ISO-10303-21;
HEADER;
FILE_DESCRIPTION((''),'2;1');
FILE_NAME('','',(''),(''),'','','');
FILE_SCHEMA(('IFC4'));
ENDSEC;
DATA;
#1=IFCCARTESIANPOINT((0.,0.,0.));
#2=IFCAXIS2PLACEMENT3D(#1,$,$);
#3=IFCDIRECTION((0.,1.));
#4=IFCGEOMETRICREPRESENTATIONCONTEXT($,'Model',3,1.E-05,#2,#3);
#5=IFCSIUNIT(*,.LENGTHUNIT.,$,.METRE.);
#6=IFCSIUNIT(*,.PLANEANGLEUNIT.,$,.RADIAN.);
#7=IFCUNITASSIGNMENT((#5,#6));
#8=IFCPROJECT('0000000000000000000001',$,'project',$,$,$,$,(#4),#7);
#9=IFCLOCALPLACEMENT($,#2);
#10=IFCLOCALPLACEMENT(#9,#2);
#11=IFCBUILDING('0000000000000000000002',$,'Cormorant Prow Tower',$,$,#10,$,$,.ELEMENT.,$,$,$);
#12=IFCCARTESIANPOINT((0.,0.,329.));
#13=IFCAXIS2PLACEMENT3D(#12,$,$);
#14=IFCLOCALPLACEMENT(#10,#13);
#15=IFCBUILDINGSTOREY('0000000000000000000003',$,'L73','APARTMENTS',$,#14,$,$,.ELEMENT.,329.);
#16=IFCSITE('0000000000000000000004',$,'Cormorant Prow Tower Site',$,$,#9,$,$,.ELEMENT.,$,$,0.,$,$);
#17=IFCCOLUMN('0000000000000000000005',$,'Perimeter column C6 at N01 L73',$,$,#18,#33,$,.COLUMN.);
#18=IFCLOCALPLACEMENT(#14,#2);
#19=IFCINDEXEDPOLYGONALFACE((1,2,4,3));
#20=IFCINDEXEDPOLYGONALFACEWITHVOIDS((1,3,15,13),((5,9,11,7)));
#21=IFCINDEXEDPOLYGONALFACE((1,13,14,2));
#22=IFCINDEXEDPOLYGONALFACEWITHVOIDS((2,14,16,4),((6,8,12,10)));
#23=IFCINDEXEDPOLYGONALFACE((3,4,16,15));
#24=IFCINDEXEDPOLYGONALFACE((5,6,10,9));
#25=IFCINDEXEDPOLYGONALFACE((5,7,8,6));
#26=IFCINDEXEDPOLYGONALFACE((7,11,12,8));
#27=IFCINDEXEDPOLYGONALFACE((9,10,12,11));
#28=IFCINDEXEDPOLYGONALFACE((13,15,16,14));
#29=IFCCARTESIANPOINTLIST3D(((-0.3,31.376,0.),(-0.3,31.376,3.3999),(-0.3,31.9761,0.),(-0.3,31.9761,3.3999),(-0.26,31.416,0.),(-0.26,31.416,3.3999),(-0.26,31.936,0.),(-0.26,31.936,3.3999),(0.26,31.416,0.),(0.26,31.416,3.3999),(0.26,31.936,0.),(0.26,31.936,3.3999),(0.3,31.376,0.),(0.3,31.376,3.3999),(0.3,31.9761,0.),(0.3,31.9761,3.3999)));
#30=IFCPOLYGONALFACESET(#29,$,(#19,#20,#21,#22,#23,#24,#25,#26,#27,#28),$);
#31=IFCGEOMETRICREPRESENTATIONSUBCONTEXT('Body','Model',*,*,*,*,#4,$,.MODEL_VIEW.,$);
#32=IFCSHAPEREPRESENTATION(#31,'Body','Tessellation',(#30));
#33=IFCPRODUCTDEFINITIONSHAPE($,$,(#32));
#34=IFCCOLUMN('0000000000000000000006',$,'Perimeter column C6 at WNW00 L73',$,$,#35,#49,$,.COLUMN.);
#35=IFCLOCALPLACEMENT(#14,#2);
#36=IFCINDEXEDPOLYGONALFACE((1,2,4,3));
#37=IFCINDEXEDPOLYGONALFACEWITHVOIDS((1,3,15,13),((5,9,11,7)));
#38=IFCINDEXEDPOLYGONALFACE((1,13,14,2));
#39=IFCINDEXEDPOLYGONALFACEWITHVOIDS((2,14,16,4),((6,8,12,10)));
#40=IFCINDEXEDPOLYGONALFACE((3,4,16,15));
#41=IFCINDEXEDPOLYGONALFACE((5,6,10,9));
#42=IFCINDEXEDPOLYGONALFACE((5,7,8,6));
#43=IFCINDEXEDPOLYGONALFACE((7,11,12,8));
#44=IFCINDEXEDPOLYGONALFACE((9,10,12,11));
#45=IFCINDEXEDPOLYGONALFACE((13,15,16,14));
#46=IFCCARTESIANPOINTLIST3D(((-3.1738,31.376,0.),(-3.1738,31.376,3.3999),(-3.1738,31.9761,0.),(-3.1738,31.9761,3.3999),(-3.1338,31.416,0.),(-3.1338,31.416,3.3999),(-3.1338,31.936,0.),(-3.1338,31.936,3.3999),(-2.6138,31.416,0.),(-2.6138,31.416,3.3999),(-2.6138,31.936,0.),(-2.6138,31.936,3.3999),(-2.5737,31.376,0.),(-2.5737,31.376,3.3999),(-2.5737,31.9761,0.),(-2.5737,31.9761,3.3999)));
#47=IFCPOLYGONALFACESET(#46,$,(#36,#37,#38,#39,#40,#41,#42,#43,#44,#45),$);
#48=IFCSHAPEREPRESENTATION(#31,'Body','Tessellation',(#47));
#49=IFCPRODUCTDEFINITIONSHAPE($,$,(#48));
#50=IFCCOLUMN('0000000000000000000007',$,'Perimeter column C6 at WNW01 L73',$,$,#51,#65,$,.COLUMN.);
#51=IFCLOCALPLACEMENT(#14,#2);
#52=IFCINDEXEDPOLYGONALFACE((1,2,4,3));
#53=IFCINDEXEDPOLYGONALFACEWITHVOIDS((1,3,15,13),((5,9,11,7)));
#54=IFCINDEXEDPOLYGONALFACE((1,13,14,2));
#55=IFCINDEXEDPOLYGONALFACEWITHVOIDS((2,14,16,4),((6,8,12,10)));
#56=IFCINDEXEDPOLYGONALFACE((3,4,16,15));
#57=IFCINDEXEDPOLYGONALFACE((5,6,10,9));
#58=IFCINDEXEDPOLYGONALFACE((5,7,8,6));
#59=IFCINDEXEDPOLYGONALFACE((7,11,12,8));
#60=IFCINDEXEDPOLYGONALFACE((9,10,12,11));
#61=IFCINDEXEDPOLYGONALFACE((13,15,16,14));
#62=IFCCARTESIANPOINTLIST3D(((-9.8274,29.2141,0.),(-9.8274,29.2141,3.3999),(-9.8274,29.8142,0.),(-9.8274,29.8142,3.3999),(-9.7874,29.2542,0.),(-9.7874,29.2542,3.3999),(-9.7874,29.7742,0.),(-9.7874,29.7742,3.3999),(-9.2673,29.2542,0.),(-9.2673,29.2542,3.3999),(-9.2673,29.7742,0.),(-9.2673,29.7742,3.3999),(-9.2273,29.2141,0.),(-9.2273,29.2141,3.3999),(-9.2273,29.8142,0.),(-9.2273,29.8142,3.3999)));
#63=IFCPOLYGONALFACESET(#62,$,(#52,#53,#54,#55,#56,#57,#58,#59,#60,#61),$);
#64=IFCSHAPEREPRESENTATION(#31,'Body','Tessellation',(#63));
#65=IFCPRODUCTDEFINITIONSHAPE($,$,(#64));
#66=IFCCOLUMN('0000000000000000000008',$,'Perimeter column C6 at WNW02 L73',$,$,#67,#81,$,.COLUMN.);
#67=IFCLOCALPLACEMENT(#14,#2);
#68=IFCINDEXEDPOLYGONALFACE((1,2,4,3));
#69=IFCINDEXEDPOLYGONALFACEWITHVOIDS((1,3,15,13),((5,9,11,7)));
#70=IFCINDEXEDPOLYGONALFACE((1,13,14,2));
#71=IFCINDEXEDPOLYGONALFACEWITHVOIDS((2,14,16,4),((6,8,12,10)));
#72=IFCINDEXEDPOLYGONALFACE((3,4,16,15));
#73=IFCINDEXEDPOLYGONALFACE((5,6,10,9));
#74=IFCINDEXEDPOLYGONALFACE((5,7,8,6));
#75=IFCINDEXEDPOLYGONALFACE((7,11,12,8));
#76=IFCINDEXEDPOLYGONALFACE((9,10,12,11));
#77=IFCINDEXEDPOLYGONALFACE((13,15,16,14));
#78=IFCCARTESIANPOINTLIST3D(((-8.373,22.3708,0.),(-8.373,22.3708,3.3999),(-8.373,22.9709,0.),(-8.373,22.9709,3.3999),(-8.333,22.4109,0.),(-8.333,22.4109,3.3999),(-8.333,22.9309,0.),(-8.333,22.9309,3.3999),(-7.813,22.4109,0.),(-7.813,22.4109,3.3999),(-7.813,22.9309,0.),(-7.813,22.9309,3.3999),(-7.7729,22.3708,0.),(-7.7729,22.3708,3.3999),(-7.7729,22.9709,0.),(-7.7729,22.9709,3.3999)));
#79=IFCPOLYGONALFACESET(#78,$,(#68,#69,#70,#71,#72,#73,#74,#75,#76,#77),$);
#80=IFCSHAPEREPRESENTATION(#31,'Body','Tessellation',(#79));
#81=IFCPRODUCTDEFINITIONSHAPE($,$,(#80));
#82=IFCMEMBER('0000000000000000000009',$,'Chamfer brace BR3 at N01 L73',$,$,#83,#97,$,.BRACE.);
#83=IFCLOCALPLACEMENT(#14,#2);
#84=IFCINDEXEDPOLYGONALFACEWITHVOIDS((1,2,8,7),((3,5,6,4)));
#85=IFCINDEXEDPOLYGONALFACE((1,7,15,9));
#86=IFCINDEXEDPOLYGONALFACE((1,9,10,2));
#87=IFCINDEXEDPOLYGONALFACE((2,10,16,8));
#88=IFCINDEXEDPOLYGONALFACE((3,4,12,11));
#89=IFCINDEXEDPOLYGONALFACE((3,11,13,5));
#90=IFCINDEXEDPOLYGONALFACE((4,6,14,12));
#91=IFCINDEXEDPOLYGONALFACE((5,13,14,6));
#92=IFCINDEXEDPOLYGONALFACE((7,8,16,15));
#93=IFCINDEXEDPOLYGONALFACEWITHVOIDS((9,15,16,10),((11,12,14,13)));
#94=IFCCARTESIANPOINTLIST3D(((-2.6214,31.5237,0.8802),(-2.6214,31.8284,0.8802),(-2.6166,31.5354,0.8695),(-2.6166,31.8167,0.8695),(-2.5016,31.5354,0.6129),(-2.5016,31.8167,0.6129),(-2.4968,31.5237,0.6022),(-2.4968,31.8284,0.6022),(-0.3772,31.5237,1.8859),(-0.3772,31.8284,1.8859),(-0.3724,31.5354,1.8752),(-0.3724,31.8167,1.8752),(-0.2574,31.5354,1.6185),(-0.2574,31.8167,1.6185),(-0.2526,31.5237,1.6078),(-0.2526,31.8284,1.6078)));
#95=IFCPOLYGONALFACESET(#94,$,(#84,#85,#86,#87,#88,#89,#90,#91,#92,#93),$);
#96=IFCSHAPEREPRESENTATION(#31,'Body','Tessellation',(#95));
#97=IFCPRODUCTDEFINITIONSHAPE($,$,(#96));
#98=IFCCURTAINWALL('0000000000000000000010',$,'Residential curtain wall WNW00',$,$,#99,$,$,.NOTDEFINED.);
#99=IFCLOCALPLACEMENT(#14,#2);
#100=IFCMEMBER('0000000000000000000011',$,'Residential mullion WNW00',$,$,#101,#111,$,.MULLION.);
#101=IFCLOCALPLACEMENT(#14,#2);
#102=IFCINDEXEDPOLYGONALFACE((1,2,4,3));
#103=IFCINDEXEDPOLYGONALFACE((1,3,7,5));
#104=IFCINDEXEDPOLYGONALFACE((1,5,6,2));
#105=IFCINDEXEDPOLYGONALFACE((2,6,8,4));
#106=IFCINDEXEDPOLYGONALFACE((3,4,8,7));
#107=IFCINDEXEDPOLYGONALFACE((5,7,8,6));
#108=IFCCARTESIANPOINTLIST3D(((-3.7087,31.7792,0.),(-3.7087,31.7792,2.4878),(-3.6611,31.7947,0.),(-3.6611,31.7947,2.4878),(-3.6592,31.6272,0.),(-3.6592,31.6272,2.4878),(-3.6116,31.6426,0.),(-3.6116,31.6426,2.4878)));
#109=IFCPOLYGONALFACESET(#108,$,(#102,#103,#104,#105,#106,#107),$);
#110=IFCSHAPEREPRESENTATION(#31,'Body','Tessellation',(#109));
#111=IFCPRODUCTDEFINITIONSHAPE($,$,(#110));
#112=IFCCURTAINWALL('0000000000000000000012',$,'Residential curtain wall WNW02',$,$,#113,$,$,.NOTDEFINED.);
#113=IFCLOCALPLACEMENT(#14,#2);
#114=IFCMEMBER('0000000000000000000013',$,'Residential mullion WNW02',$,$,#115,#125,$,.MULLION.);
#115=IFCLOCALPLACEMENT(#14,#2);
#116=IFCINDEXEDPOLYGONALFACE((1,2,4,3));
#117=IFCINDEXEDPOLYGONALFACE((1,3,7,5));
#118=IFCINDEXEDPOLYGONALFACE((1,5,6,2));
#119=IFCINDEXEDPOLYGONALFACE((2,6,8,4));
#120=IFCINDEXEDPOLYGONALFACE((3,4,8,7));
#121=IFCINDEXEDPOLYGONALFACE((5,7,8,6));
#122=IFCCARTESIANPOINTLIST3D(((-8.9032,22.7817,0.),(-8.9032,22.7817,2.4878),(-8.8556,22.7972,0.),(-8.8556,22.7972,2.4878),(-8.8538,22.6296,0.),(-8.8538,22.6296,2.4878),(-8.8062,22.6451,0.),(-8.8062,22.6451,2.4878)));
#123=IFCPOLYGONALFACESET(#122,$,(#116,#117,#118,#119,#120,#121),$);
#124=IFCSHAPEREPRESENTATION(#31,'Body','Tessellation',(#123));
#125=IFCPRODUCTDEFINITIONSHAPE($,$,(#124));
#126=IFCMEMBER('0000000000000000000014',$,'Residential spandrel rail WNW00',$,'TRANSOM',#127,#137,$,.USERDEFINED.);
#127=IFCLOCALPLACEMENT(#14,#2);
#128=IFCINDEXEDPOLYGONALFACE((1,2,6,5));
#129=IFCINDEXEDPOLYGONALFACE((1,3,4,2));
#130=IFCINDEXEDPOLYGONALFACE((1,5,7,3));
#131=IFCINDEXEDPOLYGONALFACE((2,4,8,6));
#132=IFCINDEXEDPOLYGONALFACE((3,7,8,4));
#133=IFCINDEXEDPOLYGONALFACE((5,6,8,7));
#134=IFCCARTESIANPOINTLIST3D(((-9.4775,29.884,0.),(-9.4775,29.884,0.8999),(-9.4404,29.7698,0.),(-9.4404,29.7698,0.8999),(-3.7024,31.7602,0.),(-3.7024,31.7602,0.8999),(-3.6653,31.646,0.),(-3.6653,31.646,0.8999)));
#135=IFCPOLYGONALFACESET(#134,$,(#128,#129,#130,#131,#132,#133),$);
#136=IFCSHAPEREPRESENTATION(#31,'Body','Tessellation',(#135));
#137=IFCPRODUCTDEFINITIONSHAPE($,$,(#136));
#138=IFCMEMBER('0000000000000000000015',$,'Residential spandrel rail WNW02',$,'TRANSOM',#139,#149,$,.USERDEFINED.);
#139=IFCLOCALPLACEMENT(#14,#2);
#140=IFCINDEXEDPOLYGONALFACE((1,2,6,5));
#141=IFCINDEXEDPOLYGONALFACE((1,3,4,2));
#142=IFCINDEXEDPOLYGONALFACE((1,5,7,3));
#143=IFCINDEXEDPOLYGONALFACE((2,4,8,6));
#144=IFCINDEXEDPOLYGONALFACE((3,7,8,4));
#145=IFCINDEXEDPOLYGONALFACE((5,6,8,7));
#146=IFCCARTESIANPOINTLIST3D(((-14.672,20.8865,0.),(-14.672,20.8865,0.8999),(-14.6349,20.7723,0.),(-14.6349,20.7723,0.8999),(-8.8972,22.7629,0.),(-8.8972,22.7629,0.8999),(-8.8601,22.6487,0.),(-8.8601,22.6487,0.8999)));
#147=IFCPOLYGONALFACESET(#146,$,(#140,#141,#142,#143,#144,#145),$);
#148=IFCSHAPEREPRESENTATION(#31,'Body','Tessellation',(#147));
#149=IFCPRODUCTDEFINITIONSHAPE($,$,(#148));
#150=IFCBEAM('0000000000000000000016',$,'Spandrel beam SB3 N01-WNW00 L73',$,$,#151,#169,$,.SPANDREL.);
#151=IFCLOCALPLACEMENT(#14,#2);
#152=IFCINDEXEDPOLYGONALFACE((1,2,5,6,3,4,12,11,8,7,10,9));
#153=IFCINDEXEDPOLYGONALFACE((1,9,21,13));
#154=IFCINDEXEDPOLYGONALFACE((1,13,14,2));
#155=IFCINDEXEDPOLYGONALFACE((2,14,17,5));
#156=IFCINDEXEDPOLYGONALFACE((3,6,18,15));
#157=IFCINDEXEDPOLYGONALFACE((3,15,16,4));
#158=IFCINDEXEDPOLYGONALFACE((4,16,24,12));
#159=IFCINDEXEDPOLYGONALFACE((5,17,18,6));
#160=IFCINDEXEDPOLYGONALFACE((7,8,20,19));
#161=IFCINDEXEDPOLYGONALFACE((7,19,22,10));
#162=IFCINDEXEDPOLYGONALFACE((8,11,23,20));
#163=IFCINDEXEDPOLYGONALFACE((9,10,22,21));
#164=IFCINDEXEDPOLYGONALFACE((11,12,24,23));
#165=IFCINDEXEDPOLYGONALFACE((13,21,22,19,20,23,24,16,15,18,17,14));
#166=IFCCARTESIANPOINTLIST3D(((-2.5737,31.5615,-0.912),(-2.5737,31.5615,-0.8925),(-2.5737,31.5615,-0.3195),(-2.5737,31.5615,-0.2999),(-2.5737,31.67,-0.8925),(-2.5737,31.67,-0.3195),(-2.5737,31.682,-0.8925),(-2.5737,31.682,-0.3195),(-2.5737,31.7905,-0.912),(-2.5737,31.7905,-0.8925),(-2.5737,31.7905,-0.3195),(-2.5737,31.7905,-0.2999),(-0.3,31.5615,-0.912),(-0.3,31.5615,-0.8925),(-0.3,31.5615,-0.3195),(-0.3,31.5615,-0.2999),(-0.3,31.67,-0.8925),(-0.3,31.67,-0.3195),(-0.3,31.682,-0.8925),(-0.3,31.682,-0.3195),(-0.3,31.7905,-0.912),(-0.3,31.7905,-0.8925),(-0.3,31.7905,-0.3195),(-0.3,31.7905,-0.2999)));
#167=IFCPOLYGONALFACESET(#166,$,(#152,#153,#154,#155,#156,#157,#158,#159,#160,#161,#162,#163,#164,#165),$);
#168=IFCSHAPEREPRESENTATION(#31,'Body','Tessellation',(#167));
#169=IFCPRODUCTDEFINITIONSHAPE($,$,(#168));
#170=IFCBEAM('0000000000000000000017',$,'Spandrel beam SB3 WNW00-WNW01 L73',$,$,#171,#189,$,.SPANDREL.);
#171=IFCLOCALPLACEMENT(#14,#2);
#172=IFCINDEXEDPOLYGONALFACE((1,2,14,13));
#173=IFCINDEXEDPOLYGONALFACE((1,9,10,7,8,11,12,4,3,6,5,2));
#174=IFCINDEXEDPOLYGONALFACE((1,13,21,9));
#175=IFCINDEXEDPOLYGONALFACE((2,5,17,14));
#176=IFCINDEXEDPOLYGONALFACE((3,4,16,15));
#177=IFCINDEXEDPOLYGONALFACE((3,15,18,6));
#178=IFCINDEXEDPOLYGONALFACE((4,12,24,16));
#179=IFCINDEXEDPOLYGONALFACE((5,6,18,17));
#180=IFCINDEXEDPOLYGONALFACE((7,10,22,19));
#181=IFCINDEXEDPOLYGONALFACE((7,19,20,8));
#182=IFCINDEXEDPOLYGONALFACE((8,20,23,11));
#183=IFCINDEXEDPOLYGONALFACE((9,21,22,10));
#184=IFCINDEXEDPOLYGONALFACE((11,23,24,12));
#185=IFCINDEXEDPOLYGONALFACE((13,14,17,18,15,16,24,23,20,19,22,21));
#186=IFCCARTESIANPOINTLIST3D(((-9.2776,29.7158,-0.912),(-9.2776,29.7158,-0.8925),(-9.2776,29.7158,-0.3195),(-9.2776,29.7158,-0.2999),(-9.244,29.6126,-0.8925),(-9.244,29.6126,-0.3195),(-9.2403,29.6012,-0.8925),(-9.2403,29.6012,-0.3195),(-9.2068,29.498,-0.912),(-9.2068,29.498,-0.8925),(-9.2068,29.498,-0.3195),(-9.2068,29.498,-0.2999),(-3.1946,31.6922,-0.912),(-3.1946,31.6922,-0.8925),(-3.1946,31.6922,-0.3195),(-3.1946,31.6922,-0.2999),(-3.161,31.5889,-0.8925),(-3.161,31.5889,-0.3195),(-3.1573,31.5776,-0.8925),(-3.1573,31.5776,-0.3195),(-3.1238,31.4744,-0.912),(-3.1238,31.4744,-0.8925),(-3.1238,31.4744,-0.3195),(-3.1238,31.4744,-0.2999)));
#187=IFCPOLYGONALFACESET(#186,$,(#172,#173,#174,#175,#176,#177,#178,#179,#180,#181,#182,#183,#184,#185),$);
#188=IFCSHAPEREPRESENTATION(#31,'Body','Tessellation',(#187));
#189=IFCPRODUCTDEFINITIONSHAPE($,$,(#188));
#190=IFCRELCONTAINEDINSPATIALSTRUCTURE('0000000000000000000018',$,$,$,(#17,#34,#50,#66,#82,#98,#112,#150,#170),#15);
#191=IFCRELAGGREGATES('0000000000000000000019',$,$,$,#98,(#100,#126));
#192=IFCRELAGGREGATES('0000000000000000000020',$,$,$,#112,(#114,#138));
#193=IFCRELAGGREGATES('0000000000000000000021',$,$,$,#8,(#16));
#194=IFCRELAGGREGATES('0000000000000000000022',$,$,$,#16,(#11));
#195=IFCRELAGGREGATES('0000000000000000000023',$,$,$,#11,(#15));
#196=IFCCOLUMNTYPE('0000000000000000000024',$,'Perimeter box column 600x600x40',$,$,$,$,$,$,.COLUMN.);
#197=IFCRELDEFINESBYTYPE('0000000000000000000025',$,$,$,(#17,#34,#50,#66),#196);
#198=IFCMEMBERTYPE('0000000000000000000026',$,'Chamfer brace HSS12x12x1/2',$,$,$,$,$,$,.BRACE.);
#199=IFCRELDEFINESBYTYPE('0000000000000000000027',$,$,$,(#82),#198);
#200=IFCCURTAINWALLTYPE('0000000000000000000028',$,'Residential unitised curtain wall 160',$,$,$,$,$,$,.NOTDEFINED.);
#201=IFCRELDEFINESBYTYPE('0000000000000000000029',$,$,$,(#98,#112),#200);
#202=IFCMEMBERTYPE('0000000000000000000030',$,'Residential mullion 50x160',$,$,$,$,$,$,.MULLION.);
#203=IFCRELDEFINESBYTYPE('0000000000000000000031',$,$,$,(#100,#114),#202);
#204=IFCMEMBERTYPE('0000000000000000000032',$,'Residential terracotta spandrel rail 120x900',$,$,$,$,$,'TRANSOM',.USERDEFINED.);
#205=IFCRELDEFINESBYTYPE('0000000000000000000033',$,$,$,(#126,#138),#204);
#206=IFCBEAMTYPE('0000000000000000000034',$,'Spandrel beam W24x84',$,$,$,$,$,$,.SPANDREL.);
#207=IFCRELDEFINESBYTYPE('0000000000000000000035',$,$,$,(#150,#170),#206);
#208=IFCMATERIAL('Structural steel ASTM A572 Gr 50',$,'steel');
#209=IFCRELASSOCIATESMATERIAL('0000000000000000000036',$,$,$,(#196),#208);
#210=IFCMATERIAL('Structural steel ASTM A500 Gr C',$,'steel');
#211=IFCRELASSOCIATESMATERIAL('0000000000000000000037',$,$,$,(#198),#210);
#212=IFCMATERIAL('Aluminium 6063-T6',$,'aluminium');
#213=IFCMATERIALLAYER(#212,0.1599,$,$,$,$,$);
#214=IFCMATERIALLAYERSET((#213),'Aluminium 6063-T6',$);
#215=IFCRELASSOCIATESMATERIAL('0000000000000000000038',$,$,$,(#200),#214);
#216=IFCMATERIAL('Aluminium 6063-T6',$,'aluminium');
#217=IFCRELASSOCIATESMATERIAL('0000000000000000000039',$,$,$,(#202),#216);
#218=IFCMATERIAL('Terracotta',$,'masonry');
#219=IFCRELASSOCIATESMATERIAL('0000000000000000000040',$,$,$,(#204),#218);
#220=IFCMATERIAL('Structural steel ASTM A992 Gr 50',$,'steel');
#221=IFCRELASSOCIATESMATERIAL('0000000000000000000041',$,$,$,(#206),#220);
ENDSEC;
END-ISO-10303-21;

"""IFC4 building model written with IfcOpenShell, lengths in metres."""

from ifc_helpers import new_model, si_unit, direction, frame, origin, origin_2d, place, context, subcontext, project, spatial, rectangle, hollow_rectangle, i_section, extrude, material, layer, layer_set, material_profile, profile_set, type_object, element, aggregate, save


model = new_model("IFC4")

# Units and contexts
model_context = context("Model", 3, precision=1e-05, world=origin(), true_north=direction((0.0, 1.0)))
body_context = subcontext(model_context, "Body", "Model", "MODEL_VIEW")
ifc_project = project(units=[si_unit("LENGTHUNIT", "METRE"), si_unit("PLANEANGLEUNIT", "RADIAN")], contexts=[model_context])

# Site, building, storey
site_placement = place(None, origin())
site = spatial("IfcSite", under=ifc_project, at=site_placement, Name="Cormorant Prow Tower Site", CompositionType="ELEMENT", RefElevation=0.0)
building_placement = place(site_placement, origin())
building = spatial("IfcBuilding", under=site, at=building_placement, Name="Cormorant Prow Tower", CompositionType="ELEMENT")
storey_placement = place(building_placement, frame((0.0, 0.0, 329.0)))
storey = spatial("IfcBuildingStorey", under=building, at=storey_placement, Name="L73", Description="APARTMENTS", CompositionType="ELEMENT", Elevation=329.0)

# Columns
ifc_material_1 = material(Name="Structural steel ASTM A572 Gr 50", Category="steel")
ifc_material_profile_1 = material_profile(ifc_material_1, hollow_rectangle(XDim=0.6001, YDim=0.6001, WallThickness=0.04, at=origin_2d()), Name="Box 600x600x40")
ifc_profile_set_1 = profile_set([ifc_material_profile_1], Name="Structural steel ASTM A572 Gr 50")
column_type = type_object("IfcColumnType", Name="Perimeter box column 600x600x40", PredefinedType="COLUMN", material=ifc_profile_set_1)
for number, where, z_axis, x_axis, name in (
    (1, (0.0, 31.676, 0.0), (0.0, 0.0, 1.0), (1.0, 0.0, 0.0), "Perimeter column C6 at N01 L73"),
    (2, (-2.8738, 31.676, 0.0), (0.0, 0.0, 1.0), (1.0, 0.0, 0.0), "Perimeter column C6 at WNW00 L73"),
    (3, (-9.5273, 29.5142, 0.0), (0.0, 0.0, 1.0), (1.0, 0.0, 0.0), "Perimeter column C6 at WNW01 L73"),
    (4, (-8.073, 22.6709, 0.0), (0.0, 0.0, 1.0), (1.0, 0.0, 0.0), "Perimeter column C6 at WNW02 L73"),
):
    element("IfcColumn", number, at=place(storey_placement, frame(where, z_axis=z_axis, x_axis=x_axis)), inside=storey, type_object=column_type, Name=name, PredefinedType="COLUMN", context=body_context, shape_type="SweptSolid", body=[
        extrude(hollow_rectangle(XDim=0.6001, YDim=0.6001, WallThickness=0.04, at=origin_2d()), origin(), (0.0, 0.0, 1.0), 3.3999),
    ])

# Member
ifc_material_2 = material(Name="Structural steel ASTM A500 Gr C", Category="steel")
ifc_material_profile_2 = material_profile(ifc_material_2, hollow_rectangle(XDim=0.3047, YDim=0.3047, WallThickness=0.0117, at=origin_2d()), Name="HSS12x12x1/2")
ifc_profile_set_2 = profile_set([ifc_material_profile_2], Name="Structural steel ASTM A500 Gr C")
member_type_1 = type_object("IfcMemberType", Name="Chamfer brace HSS12x12x1/2", PredefinedType="BRACE", material=ifc_profile_set_2)
member_1_placement = place(storey_placement, frame((-2.5591, 31.676, 0.7412), z_axis=(0.912567, 0.0, 0.408928), x_axis=(0.0, 1.0, 0.0)))
element("IfcMember", 5, at=member_1_placement, inside=storey, type_object=member_type_1, Name="Chamfer brace BR3 at N01 L73", PredefinedType="BRACE", context=body_context, shape_type="SweptSolid", body=[
    extrude(hollow_rectangle(XDim=0.3047, YDim=0.3047, WallThickness=0.0117, at=origin_2d()), origin(), (0.0, 0.0, 1.0), 2.4592),
])

# Curtain walls, members
ifc_material_3 = material(Name="Aluminium 6063-T6", Category="aluminium")
ifc_layer_1 = layer(ifc_material_3, 0.1599)
ifc_layer_set_1 = layer_set([ifc_layer_1], Name="Aluminium 6063-T6")
curtain_wall_type = type_object("IfcCurtainWallType", Name="Residential unitised curtain wall 160", PredefinedType="NOTDEFINED", material=ifc_layer_set_1)
curtain_wall_1_placement = place(storey_placement, origin())
curtain_wall_1 = element("IfcCurtainWall", 6, at=curtain_wall_1_placement, inside=storey, type_object=curtain_wall_type, Name="Residential curtain wall WNW00", PredefinedType="NOTDEFINED")
ifc_material_4 = material(Name="Aluminium 6063-T6", Category="aluminium")
ifc_material_profile_3 = material_profile(ifc_material_4, rectangle(XDim=0.1599, YDim=0.05, at=origin_2d()), Name="Residential mullion 50x160")
ifc_profile_set_3 = profile_set([ifc_material_profile_3], Name="Aluminium 6063-T6")
member_type_2 = type_object("IfcMemberType", Name="Residential mullion 50x160", PredefinedType="MULLION", material=ifc_profile_set_3)
member_2_placement = place(storey_placement, frame((-3.6602, 31.7109, 0.0), z_axis=(0.0, 0.0, 1.0), x_axis=(0.309017, -0.951057, 0.0)))
member_2 = element("IfcMember", 7, at=member_2_placement, type_object=member_type_2, Name="Residential mullion WNW00", PredefinedType="MULLION", context=body_context, shape_type="SweptSolid", body=[
    extrude(rectangle(XDim=0.1599, YDim=0.05, at=origin_2d()), origin(), (0.0, 0.0, 1.0), 2.4878),
])
curtain_wall_2_placement = place(storey_placement, origin())
curtain_wall_2 = element("IfcCurtainWall", 8, at=curtain_wall_2_placement, inside=storey, type_object=curtain_wall_type, Name="Residential curtain wall WNW02", PredefinedType="NOTDEFINED")
member_3_placement = place(storey_placement, frame((-8.8547, 22.7134, 0.0), z_axis=(0.0, 0.0, 1.0), x_axis=(0.309017, -0.951057, 0.0)))
member_3 = element("IfcMember", 9, at=member_3_placement, type_object=member_type_2, Name="Residential mullion WNW02", PredefinedType="MULLION", context=body_context, shape_type="SweptSolid", body=[
    extrude(rectangle(XDim=0.1599, YDim=0.05, at=origin_2d()), origin(), (0.0, 0.0, 1.0), 2.4878),
])

# Members
ifc_material_5 = material(Name="Terracotta", Category="masonry")
ifc_material_profile_4 = material_profile(ifc_material_5, rectangle(XDim=0.1201, YDim=0.8999, at=origin_2d()), Name="Residential terracotta spandrel rail 120x900")
ifc_profile_set_4 = profile_set([ifc_material_profile_4], Name="Terracotta")
member_type_3 = type_object("IfcMemberType", Name="Residential terracotta spandrel rail 120x900", ElementType="TRANSOM", PredefinedType="USERDEFINED", material=ifc_profile_set_4)
member_4_placement = place(storey_placement, frame((-3.6838, 31.7031, 0.45), z_axis=(-0.951068, -0.308982, 0.0), x_axis=(0.308982, -0.951068, 0.0)))
member_4 = element("IfcMember", 10, at=member_4_placement, type_object=member_type_3, Name="Residential spandrel rail WNW00", ObjectType="TRANSOM", PredefinedType="USERDEFINED", context=body_context, shape_type="SweptSolid", body=[
    extrude(rectangle(XDim=0.1201, YDim=0.8999, at=origin_2d()), origin(), (0.0, 0.0, 1.0), 6.0723),
])
member_5_placement = place(storey_placement, frame((-8.8787, 22.7058, 0.45), z_axis=(-0.951052, -0.30903, 0.0), x_axis=(0.30903, -0.951052, 0.0)))
member_5 = element("IfcMember", 11, at=member_5_placement, type_object=member_type_3, Name="Residential spandrel rail WNW02", ObjectType="TRANSOM", PredefinedType="USERDEFINED", context=body_context, shape_type="SweptSolid", body=[
    extrude(rectangle(XDim=0.1201, YDim=0.8999, at=origin_2d()), origin(), (0.0, 0.0, 1.0), 6.072),
])

# Beams
ifc_material_6 = material(Name="Structural steel ASTM A992 Gr 50", Category="steel")
ifc_material_profile_5 = material_profile(ifc_material_6, i_section(OverallWidth=0.229, OverallDepth=0.6121, WebThickness=0.012, FlangeThickness=0.0195, at=origin_2d()), Name="W24x84")
ifc_profile_set_5 = profile_set([ifc_material_profile_5], Name="Structural steel ASTM A992 Gr 50")
beam_type = type_object("IfcBeamType", Name="Spandrel beam W24x84", PredefinedType="SPANDREL", material=ifc_profile_set_5)
beam_1_placement = place(storey_placement, frame((-0.3, 31.676, -0.606), z_axis=(-1.0, 0.0, 0.0), x_axis=(0.0, -1.0, 0.0)))
element("IfcBeam", 12, at=beam_1_placement, inside=storey, type_object=beam_type, Name="Spandrel beam SB3 N01-WNW00 L73", PredefinedType="SPANDREL", context=body_context, shape_type="SweptSolid", body=[
    extrude(i_section(OverallWidth=0.229, OverallDepth=0.6121, WebThickness=0.012, FlangeThickness=0.0195, at=origin_2d()), origin(), (0.0, 0.0, 1.0), 2.2737),
])
beam_2_placement = place(storey_placement, frame((-3.1592, 31.5833, -0.606), z_axis=(-0.951064, -0.308993, 0.0), x_axis=(0.308993, -0.951064, 0.0)))
element("IfcBeam", 13, at=beam_2_placement, inside=storey, type_object=beam_type, Name="Spandrel beam SB3 WNW00-WNW01 L73", PredefinedType="SPANDREL", context=body_context, shape_type="SweptSolid", body=[
    extrude(i_section(OverallWidth=0.229, OverallDepth=0.6121, WebThickness=0.012, FlangeThickness=0.0195, at=origin_2d()), origin(), (0.0, 0.0, 1.0), 6.396),
])

aggregate(curtain_wall_1, [member_2, member_4])
aggregate(curtain_wall_2, [member_3, member_5])

save(model, "model.ifc")
